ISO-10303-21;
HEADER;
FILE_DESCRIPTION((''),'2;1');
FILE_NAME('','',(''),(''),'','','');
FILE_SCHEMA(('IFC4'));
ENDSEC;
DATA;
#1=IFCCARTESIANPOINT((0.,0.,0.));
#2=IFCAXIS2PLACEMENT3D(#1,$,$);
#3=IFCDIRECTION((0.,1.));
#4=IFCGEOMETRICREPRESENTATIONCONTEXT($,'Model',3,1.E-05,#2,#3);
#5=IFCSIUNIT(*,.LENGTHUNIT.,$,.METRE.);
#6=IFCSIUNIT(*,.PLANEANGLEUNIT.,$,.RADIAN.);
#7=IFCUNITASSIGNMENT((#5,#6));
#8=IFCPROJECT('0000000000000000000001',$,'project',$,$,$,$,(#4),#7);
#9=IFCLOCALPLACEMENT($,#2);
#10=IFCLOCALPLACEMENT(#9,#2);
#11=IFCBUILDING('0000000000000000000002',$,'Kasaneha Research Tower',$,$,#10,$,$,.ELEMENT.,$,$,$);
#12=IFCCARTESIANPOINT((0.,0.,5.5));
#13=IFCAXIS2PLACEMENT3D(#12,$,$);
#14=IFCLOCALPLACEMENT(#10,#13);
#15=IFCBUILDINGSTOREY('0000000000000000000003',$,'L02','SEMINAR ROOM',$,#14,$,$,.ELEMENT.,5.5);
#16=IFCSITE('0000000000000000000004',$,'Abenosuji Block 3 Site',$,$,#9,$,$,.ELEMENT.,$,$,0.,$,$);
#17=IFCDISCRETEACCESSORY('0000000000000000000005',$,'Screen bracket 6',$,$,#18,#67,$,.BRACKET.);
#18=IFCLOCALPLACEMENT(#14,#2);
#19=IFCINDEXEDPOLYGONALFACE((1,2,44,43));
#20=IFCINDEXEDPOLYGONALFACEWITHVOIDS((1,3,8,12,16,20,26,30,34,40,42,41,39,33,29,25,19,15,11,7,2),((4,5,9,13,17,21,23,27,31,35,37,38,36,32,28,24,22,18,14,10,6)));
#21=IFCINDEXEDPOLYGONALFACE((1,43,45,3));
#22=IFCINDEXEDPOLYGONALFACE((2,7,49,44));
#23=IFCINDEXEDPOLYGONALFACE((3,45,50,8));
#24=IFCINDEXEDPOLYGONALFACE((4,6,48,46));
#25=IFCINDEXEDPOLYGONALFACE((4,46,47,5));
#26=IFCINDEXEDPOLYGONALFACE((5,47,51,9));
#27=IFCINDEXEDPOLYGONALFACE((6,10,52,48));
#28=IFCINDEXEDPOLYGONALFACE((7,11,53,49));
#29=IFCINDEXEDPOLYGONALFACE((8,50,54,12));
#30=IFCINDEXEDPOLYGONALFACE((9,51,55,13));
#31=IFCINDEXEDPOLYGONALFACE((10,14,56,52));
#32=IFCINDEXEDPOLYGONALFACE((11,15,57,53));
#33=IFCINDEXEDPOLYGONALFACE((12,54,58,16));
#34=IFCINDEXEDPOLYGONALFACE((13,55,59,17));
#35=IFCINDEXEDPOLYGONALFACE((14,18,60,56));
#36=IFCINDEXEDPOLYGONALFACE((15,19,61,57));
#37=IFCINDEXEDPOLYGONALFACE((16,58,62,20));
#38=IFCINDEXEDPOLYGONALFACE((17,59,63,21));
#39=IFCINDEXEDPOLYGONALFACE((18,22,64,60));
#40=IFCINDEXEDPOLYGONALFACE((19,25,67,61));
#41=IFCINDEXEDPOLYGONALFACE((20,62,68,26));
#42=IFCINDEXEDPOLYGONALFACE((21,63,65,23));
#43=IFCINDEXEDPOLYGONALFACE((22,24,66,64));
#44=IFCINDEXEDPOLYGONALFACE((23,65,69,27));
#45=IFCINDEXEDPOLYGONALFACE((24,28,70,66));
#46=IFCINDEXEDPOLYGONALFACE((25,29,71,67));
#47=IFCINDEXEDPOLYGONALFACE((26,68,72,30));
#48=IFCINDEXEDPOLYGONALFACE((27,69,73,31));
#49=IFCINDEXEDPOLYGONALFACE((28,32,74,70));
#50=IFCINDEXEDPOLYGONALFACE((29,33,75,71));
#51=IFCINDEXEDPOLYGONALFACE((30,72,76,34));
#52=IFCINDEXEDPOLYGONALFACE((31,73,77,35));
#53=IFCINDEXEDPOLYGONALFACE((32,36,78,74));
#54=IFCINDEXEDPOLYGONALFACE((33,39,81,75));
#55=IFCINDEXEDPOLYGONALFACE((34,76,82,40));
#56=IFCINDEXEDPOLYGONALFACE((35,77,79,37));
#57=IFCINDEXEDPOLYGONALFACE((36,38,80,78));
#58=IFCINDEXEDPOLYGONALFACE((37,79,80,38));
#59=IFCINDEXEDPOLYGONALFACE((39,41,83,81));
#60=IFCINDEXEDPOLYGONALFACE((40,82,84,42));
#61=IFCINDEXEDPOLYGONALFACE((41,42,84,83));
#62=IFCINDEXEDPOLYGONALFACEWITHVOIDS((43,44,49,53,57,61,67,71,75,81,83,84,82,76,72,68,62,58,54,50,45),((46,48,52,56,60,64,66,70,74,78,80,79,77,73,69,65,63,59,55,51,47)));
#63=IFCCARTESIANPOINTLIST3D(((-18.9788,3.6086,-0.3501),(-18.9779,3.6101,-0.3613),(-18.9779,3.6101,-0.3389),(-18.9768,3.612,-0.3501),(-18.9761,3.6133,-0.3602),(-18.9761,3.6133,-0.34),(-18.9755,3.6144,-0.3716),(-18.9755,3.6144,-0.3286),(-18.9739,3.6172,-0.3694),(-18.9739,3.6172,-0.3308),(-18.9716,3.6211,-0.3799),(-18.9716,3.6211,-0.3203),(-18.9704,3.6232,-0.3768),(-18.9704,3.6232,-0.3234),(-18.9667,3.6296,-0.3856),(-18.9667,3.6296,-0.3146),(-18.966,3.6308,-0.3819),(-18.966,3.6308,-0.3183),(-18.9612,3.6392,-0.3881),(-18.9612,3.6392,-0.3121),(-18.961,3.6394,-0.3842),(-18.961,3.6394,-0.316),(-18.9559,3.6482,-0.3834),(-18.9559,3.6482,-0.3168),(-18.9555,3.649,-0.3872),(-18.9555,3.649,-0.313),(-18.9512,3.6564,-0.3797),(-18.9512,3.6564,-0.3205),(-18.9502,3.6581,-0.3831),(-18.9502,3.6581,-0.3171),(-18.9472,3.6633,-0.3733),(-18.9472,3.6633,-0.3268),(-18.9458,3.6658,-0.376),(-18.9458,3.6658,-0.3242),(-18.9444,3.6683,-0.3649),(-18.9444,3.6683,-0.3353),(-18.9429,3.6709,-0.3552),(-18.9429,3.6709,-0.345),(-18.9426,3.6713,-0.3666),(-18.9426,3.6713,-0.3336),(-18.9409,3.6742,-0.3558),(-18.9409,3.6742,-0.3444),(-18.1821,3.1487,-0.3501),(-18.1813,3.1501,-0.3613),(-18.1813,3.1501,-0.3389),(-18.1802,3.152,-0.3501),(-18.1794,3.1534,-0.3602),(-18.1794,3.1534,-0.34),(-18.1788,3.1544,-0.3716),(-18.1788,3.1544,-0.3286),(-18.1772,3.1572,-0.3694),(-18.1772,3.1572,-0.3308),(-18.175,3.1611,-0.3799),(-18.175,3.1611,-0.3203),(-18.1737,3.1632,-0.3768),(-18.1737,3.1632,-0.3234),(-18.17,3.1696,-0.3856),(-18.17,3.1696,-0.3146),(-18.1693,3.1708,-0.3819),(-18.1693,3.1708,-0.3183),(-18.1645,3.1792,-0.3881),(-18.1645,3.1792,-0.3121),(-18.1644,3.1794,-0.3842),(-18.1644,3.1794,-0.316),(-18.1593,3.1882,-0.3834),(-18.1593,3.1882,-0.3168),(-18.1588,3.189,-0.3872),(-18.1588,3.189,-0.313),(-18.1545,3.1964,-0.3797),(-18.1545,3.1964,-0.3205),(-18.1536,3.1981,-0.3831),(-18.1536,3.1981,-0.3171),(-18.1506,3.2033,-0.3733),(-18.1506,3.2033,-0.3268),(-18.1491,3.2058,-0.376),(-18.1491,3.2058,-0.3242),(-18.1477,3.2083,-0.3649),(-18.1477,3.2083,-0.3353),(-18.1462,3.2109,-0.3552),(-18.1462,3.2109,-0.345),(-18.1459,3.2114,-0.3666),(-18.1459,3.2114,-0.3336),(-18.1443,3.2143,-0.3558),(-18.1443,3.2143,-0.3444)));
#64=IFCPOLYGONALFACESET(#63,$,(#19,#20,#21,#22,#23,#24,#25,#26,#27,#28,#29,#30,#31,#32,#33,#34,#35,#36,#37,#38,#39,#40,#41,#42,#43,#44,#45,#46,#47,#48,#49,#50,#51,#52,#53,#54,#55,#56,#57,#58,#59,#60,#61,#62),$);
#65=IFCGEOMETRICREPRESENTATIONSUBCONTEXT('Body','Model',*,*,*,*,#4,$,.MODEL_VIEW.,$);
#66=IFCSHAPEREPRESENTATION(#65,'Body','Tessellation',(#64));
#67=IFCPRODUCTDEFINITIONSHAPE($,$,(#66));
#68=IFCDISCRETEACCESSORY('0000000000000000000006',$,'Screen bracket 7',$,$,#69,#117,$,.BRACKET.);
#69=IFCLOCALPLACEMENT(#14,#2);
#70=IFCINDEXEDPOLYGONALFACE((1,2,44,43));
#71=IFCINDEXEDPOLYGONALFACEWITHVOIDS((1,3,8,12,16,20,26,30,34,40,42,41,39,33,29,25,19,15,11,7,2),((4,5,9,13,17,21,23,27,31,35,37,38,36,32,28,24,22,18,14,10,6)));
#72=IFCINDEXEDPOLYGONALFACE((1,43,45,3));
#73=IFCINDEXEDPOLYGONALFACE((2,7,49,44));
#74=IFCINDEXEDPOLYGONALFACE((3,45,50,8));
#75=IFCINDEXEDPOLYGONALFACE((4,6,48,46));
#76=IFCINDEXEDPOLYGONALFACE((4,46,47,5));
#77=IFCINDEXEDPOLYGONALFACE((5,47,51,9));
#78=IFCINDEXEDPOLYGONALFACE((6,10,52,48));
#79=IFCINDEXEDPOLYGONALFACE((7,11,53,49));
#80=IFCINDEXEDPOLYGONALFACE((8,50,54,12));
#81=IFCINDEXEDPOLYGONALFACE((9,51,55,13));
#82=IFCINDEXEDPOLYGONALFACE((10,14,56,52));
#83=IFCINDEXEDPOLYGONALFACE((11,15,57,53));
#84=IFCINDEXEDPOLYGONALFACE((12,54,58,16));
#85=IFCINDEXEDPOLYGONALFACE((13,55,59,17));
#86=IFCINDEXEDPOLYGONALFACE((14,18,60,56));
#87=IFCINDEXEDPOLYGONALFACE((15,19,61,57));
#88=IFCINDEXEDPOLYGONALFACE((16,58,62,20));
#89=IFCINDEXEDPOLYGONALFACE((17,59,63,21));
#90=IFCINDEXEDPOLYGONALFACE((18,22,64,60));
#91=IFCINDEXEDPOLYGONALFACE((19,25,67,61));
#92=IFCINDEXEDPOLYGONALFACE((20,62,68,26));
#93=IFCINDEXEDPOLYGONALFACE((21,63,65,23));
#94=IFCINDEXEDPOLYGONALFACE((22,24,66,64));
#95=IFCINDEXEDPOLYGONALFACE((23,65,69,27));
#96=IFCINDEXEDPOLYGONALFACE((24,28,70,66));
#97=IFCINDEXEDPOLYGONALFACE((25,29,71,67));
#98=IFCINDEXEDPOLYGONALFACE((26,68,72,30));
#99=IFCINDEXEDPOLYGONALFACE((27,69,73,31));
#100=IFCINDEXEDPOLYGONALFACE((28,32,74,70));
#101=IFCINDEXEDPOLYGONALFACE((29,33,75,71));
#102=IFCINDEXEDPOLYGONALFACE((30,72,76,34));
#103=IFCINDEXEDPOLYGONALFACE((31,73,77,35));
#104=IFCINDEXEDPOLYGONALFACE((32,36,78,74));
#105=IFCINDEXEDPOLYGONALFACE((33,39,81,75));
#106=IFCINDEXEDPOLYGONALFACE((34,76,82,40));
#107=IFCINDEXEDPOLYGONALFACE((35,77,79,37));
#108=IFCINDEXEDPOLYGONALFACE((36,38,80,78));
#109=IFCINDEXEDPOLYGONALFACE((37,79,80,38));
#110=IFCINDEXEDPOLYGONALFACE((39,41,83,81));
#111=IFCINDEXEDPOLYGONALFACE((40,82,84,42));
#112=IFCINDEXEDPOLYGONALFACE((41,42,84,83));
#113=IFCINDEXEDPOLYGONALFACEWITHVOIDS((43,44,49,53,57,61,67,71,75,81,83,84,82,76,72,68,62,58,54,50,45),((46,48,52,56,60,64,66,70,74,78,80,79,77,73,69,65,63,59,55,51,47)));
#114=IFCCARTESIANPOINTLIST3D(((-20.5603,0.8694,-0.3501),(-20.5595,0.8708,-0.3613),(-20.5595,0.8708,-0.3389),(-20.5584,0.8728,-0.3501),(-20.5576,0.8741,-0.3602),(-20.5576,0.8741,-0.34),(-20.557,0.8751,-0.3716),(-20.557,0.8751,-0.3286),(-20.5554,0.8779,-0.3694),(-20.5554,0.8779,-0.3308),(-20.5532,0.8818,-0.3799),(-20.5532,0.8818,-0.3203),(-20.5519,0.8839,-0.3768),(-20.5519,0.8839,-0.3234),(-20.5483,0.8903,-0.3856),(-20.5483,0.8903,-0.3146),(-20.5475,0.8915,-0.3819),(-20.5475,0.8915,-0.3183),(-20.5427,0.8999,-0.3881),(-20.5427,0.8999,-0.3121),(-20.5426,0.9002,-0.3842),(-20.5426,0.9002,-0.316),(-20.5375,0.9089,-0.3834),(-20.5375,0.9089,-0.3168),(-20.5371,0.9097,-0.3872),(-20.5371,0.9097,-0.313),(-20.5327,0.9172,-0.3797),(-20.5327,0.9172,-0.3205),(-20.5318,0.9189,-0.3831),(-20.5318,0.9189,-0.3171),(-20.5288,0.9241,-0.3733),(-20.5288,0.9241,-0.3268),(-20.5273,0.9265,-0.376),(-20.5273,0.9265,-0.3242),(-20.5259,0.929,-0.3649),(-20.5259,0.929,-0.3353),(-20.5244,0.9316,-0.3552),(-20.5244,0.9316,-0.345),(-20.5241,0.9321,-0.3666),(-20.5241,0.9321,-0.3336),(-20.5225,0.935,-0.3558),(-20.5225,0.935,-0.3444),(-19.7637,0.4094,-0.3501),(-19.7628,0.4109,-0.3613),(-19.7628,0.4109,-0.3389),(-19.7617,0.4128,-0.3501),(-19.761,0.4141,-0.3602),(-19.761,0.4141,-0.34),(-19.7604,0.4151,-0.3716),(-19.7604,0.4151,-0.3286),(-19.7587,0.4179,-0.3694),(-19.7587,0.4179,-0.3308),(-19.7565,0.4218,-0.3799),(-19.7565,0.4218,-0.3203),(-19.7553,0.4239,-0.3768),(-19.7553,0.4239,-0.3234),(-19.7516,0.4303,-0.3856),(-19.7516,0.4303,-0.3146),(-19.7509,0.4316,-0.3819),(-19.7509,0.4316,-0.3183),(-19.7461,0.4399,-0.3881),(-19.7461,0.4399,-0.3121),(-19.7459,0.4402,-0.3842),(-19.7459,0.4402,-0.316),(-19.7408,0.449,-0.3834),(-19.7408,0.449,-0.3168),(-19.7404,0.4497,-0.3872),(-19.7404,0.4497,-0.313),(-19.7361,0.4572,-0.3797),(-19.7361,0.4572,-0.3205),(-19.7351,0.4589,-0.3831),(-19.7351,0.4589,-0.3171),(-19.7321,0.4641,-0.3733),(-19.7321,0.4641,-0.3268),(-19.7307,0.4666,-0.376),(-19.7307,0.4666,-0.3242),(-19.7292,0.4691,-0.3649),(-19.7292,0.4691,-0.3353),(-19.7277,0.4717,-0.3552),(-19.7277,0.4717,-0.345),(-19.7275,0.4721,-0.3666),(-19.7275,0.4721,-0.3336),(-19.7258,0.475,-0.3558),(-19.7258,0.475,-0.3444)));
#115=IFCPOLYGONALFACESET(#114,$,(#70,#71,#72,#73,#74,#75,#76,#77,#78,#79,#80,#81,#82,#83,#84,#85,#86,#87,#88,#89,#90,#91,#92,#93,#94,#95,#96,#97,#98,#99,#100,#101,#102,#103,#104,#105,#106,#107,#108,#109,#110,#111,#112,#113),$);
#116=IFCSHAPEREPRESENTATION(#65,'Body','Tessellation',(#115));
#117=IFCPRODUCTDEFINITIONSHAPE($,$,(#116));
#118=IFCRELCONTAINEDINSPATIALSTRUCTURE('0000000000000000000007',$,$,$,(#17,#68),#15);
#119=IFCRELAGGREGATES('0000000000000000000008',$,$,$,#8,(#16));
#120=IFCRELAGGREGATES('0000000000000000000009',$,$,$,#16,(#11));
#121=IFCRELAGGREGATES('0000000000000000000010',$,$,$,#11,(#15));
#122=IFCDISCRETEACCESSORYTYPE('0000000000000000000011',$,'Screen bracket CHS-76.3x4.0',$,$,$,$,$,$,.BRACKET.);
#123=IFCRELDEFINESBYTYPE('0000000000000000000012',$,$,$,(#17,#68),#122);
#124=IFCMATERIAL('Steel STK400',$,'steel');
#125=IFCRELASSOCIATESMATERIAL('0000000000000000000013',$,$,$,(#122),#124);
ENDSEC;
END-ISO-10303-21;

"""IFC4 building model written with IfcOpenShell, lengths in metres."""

from ifc_helpers import new_model, si_unit, direction, frame, origin, origin_2d, place, context, subcontext, project, spatial, hollow_circle, extrude, material, material_profile, profile_set, type_object, element, save


model = new_model("IFC4")

# Units and contexts
model_context = context("Model", 3, precision=1e-05, world=origin(), true_north=direction((0.0, 1.0)))
body_context = subcontext(model_context, "Body", "Model", "MODEL_VIEW")
ifc_project = project(units=[si_unit("LENGTHUNIT", "METRE"), si_unit("PLANEANGLEUNIT", "RADIAN")], contexts=[model_context])

# Site, building, storey
site_placement = place(None, origin())
site = spatial("IfcSite", under=ifc_project, at=site_placement, Name="Abenosuji Block 3 Site", CompositionType="ELEMENT", RefElevation=0.0)
building_placement = place(site_placement, origin())
building = spatial("IfcBuilding", under=site, at=building_placement, Name="Kasaneha Research Tower", CompositionType="ELEMENT")
storey_placement = place(building_placement, frame((0.0, 0.0, 5.5)))
storey = spatial("IfcBuildingStorey", under=building, at=storey_placement, Name="L02", Description="SEMINAR ROOM", CompositionType="ELEMENT", Elevation=5.5)

# Discrete accessories
ifc_material_1 = material(Name="Steel STK400", Category="steel")
ifc_material_profile_1 = material_profile(ifc_material_1, hollow_circle(Radius=0.0381, WallThickness=0.0039, at=origin_2d()), Name="CHS-76.3x4.0")
ifc_profile_set_1 = profile_set([ifc_material_profile_1], Name="Steel STK400")
discrete_accessory_type = type_object("IfcDiscreteAccessoryType", Name="Screen bracket CHS-76.3x4.0", PredefinedType="BRACKET", material=ifc_profile_set_1)
for number, where, z_axis, x_axis, name in (
    (1, (-18.1631, 3.1816, -0.3501), (-0.866013, 0.500021, 0.0), (-0.500021, -0.866013, 0.0), "Screen bracket 6"),
    (2, (-19.7446, 0.4424, -0.3501), (-0.866013, 0.500021, 0.0), (-0.500021, -0.866013, 0.0), "Screen bracket 7"),
):
    element("IfcDiscreteAccessory", number, at=place(storey_placement, frame(where, z_axis=z_axis, x_axis=x_axis)), inside=storey, type_object=discrete_accessory_type, Name=name, PredefinedType="BRACKET", context=body_context, shape_type="SweptSolid", body=[
        extrude(hollow_circle(Radius=0.0381, WallThickness=0.0039, at=origin_2d()), origin(), (0.0, 0.0, 1.0), 0.9199),
    ])

save(model, "model.ifc")
